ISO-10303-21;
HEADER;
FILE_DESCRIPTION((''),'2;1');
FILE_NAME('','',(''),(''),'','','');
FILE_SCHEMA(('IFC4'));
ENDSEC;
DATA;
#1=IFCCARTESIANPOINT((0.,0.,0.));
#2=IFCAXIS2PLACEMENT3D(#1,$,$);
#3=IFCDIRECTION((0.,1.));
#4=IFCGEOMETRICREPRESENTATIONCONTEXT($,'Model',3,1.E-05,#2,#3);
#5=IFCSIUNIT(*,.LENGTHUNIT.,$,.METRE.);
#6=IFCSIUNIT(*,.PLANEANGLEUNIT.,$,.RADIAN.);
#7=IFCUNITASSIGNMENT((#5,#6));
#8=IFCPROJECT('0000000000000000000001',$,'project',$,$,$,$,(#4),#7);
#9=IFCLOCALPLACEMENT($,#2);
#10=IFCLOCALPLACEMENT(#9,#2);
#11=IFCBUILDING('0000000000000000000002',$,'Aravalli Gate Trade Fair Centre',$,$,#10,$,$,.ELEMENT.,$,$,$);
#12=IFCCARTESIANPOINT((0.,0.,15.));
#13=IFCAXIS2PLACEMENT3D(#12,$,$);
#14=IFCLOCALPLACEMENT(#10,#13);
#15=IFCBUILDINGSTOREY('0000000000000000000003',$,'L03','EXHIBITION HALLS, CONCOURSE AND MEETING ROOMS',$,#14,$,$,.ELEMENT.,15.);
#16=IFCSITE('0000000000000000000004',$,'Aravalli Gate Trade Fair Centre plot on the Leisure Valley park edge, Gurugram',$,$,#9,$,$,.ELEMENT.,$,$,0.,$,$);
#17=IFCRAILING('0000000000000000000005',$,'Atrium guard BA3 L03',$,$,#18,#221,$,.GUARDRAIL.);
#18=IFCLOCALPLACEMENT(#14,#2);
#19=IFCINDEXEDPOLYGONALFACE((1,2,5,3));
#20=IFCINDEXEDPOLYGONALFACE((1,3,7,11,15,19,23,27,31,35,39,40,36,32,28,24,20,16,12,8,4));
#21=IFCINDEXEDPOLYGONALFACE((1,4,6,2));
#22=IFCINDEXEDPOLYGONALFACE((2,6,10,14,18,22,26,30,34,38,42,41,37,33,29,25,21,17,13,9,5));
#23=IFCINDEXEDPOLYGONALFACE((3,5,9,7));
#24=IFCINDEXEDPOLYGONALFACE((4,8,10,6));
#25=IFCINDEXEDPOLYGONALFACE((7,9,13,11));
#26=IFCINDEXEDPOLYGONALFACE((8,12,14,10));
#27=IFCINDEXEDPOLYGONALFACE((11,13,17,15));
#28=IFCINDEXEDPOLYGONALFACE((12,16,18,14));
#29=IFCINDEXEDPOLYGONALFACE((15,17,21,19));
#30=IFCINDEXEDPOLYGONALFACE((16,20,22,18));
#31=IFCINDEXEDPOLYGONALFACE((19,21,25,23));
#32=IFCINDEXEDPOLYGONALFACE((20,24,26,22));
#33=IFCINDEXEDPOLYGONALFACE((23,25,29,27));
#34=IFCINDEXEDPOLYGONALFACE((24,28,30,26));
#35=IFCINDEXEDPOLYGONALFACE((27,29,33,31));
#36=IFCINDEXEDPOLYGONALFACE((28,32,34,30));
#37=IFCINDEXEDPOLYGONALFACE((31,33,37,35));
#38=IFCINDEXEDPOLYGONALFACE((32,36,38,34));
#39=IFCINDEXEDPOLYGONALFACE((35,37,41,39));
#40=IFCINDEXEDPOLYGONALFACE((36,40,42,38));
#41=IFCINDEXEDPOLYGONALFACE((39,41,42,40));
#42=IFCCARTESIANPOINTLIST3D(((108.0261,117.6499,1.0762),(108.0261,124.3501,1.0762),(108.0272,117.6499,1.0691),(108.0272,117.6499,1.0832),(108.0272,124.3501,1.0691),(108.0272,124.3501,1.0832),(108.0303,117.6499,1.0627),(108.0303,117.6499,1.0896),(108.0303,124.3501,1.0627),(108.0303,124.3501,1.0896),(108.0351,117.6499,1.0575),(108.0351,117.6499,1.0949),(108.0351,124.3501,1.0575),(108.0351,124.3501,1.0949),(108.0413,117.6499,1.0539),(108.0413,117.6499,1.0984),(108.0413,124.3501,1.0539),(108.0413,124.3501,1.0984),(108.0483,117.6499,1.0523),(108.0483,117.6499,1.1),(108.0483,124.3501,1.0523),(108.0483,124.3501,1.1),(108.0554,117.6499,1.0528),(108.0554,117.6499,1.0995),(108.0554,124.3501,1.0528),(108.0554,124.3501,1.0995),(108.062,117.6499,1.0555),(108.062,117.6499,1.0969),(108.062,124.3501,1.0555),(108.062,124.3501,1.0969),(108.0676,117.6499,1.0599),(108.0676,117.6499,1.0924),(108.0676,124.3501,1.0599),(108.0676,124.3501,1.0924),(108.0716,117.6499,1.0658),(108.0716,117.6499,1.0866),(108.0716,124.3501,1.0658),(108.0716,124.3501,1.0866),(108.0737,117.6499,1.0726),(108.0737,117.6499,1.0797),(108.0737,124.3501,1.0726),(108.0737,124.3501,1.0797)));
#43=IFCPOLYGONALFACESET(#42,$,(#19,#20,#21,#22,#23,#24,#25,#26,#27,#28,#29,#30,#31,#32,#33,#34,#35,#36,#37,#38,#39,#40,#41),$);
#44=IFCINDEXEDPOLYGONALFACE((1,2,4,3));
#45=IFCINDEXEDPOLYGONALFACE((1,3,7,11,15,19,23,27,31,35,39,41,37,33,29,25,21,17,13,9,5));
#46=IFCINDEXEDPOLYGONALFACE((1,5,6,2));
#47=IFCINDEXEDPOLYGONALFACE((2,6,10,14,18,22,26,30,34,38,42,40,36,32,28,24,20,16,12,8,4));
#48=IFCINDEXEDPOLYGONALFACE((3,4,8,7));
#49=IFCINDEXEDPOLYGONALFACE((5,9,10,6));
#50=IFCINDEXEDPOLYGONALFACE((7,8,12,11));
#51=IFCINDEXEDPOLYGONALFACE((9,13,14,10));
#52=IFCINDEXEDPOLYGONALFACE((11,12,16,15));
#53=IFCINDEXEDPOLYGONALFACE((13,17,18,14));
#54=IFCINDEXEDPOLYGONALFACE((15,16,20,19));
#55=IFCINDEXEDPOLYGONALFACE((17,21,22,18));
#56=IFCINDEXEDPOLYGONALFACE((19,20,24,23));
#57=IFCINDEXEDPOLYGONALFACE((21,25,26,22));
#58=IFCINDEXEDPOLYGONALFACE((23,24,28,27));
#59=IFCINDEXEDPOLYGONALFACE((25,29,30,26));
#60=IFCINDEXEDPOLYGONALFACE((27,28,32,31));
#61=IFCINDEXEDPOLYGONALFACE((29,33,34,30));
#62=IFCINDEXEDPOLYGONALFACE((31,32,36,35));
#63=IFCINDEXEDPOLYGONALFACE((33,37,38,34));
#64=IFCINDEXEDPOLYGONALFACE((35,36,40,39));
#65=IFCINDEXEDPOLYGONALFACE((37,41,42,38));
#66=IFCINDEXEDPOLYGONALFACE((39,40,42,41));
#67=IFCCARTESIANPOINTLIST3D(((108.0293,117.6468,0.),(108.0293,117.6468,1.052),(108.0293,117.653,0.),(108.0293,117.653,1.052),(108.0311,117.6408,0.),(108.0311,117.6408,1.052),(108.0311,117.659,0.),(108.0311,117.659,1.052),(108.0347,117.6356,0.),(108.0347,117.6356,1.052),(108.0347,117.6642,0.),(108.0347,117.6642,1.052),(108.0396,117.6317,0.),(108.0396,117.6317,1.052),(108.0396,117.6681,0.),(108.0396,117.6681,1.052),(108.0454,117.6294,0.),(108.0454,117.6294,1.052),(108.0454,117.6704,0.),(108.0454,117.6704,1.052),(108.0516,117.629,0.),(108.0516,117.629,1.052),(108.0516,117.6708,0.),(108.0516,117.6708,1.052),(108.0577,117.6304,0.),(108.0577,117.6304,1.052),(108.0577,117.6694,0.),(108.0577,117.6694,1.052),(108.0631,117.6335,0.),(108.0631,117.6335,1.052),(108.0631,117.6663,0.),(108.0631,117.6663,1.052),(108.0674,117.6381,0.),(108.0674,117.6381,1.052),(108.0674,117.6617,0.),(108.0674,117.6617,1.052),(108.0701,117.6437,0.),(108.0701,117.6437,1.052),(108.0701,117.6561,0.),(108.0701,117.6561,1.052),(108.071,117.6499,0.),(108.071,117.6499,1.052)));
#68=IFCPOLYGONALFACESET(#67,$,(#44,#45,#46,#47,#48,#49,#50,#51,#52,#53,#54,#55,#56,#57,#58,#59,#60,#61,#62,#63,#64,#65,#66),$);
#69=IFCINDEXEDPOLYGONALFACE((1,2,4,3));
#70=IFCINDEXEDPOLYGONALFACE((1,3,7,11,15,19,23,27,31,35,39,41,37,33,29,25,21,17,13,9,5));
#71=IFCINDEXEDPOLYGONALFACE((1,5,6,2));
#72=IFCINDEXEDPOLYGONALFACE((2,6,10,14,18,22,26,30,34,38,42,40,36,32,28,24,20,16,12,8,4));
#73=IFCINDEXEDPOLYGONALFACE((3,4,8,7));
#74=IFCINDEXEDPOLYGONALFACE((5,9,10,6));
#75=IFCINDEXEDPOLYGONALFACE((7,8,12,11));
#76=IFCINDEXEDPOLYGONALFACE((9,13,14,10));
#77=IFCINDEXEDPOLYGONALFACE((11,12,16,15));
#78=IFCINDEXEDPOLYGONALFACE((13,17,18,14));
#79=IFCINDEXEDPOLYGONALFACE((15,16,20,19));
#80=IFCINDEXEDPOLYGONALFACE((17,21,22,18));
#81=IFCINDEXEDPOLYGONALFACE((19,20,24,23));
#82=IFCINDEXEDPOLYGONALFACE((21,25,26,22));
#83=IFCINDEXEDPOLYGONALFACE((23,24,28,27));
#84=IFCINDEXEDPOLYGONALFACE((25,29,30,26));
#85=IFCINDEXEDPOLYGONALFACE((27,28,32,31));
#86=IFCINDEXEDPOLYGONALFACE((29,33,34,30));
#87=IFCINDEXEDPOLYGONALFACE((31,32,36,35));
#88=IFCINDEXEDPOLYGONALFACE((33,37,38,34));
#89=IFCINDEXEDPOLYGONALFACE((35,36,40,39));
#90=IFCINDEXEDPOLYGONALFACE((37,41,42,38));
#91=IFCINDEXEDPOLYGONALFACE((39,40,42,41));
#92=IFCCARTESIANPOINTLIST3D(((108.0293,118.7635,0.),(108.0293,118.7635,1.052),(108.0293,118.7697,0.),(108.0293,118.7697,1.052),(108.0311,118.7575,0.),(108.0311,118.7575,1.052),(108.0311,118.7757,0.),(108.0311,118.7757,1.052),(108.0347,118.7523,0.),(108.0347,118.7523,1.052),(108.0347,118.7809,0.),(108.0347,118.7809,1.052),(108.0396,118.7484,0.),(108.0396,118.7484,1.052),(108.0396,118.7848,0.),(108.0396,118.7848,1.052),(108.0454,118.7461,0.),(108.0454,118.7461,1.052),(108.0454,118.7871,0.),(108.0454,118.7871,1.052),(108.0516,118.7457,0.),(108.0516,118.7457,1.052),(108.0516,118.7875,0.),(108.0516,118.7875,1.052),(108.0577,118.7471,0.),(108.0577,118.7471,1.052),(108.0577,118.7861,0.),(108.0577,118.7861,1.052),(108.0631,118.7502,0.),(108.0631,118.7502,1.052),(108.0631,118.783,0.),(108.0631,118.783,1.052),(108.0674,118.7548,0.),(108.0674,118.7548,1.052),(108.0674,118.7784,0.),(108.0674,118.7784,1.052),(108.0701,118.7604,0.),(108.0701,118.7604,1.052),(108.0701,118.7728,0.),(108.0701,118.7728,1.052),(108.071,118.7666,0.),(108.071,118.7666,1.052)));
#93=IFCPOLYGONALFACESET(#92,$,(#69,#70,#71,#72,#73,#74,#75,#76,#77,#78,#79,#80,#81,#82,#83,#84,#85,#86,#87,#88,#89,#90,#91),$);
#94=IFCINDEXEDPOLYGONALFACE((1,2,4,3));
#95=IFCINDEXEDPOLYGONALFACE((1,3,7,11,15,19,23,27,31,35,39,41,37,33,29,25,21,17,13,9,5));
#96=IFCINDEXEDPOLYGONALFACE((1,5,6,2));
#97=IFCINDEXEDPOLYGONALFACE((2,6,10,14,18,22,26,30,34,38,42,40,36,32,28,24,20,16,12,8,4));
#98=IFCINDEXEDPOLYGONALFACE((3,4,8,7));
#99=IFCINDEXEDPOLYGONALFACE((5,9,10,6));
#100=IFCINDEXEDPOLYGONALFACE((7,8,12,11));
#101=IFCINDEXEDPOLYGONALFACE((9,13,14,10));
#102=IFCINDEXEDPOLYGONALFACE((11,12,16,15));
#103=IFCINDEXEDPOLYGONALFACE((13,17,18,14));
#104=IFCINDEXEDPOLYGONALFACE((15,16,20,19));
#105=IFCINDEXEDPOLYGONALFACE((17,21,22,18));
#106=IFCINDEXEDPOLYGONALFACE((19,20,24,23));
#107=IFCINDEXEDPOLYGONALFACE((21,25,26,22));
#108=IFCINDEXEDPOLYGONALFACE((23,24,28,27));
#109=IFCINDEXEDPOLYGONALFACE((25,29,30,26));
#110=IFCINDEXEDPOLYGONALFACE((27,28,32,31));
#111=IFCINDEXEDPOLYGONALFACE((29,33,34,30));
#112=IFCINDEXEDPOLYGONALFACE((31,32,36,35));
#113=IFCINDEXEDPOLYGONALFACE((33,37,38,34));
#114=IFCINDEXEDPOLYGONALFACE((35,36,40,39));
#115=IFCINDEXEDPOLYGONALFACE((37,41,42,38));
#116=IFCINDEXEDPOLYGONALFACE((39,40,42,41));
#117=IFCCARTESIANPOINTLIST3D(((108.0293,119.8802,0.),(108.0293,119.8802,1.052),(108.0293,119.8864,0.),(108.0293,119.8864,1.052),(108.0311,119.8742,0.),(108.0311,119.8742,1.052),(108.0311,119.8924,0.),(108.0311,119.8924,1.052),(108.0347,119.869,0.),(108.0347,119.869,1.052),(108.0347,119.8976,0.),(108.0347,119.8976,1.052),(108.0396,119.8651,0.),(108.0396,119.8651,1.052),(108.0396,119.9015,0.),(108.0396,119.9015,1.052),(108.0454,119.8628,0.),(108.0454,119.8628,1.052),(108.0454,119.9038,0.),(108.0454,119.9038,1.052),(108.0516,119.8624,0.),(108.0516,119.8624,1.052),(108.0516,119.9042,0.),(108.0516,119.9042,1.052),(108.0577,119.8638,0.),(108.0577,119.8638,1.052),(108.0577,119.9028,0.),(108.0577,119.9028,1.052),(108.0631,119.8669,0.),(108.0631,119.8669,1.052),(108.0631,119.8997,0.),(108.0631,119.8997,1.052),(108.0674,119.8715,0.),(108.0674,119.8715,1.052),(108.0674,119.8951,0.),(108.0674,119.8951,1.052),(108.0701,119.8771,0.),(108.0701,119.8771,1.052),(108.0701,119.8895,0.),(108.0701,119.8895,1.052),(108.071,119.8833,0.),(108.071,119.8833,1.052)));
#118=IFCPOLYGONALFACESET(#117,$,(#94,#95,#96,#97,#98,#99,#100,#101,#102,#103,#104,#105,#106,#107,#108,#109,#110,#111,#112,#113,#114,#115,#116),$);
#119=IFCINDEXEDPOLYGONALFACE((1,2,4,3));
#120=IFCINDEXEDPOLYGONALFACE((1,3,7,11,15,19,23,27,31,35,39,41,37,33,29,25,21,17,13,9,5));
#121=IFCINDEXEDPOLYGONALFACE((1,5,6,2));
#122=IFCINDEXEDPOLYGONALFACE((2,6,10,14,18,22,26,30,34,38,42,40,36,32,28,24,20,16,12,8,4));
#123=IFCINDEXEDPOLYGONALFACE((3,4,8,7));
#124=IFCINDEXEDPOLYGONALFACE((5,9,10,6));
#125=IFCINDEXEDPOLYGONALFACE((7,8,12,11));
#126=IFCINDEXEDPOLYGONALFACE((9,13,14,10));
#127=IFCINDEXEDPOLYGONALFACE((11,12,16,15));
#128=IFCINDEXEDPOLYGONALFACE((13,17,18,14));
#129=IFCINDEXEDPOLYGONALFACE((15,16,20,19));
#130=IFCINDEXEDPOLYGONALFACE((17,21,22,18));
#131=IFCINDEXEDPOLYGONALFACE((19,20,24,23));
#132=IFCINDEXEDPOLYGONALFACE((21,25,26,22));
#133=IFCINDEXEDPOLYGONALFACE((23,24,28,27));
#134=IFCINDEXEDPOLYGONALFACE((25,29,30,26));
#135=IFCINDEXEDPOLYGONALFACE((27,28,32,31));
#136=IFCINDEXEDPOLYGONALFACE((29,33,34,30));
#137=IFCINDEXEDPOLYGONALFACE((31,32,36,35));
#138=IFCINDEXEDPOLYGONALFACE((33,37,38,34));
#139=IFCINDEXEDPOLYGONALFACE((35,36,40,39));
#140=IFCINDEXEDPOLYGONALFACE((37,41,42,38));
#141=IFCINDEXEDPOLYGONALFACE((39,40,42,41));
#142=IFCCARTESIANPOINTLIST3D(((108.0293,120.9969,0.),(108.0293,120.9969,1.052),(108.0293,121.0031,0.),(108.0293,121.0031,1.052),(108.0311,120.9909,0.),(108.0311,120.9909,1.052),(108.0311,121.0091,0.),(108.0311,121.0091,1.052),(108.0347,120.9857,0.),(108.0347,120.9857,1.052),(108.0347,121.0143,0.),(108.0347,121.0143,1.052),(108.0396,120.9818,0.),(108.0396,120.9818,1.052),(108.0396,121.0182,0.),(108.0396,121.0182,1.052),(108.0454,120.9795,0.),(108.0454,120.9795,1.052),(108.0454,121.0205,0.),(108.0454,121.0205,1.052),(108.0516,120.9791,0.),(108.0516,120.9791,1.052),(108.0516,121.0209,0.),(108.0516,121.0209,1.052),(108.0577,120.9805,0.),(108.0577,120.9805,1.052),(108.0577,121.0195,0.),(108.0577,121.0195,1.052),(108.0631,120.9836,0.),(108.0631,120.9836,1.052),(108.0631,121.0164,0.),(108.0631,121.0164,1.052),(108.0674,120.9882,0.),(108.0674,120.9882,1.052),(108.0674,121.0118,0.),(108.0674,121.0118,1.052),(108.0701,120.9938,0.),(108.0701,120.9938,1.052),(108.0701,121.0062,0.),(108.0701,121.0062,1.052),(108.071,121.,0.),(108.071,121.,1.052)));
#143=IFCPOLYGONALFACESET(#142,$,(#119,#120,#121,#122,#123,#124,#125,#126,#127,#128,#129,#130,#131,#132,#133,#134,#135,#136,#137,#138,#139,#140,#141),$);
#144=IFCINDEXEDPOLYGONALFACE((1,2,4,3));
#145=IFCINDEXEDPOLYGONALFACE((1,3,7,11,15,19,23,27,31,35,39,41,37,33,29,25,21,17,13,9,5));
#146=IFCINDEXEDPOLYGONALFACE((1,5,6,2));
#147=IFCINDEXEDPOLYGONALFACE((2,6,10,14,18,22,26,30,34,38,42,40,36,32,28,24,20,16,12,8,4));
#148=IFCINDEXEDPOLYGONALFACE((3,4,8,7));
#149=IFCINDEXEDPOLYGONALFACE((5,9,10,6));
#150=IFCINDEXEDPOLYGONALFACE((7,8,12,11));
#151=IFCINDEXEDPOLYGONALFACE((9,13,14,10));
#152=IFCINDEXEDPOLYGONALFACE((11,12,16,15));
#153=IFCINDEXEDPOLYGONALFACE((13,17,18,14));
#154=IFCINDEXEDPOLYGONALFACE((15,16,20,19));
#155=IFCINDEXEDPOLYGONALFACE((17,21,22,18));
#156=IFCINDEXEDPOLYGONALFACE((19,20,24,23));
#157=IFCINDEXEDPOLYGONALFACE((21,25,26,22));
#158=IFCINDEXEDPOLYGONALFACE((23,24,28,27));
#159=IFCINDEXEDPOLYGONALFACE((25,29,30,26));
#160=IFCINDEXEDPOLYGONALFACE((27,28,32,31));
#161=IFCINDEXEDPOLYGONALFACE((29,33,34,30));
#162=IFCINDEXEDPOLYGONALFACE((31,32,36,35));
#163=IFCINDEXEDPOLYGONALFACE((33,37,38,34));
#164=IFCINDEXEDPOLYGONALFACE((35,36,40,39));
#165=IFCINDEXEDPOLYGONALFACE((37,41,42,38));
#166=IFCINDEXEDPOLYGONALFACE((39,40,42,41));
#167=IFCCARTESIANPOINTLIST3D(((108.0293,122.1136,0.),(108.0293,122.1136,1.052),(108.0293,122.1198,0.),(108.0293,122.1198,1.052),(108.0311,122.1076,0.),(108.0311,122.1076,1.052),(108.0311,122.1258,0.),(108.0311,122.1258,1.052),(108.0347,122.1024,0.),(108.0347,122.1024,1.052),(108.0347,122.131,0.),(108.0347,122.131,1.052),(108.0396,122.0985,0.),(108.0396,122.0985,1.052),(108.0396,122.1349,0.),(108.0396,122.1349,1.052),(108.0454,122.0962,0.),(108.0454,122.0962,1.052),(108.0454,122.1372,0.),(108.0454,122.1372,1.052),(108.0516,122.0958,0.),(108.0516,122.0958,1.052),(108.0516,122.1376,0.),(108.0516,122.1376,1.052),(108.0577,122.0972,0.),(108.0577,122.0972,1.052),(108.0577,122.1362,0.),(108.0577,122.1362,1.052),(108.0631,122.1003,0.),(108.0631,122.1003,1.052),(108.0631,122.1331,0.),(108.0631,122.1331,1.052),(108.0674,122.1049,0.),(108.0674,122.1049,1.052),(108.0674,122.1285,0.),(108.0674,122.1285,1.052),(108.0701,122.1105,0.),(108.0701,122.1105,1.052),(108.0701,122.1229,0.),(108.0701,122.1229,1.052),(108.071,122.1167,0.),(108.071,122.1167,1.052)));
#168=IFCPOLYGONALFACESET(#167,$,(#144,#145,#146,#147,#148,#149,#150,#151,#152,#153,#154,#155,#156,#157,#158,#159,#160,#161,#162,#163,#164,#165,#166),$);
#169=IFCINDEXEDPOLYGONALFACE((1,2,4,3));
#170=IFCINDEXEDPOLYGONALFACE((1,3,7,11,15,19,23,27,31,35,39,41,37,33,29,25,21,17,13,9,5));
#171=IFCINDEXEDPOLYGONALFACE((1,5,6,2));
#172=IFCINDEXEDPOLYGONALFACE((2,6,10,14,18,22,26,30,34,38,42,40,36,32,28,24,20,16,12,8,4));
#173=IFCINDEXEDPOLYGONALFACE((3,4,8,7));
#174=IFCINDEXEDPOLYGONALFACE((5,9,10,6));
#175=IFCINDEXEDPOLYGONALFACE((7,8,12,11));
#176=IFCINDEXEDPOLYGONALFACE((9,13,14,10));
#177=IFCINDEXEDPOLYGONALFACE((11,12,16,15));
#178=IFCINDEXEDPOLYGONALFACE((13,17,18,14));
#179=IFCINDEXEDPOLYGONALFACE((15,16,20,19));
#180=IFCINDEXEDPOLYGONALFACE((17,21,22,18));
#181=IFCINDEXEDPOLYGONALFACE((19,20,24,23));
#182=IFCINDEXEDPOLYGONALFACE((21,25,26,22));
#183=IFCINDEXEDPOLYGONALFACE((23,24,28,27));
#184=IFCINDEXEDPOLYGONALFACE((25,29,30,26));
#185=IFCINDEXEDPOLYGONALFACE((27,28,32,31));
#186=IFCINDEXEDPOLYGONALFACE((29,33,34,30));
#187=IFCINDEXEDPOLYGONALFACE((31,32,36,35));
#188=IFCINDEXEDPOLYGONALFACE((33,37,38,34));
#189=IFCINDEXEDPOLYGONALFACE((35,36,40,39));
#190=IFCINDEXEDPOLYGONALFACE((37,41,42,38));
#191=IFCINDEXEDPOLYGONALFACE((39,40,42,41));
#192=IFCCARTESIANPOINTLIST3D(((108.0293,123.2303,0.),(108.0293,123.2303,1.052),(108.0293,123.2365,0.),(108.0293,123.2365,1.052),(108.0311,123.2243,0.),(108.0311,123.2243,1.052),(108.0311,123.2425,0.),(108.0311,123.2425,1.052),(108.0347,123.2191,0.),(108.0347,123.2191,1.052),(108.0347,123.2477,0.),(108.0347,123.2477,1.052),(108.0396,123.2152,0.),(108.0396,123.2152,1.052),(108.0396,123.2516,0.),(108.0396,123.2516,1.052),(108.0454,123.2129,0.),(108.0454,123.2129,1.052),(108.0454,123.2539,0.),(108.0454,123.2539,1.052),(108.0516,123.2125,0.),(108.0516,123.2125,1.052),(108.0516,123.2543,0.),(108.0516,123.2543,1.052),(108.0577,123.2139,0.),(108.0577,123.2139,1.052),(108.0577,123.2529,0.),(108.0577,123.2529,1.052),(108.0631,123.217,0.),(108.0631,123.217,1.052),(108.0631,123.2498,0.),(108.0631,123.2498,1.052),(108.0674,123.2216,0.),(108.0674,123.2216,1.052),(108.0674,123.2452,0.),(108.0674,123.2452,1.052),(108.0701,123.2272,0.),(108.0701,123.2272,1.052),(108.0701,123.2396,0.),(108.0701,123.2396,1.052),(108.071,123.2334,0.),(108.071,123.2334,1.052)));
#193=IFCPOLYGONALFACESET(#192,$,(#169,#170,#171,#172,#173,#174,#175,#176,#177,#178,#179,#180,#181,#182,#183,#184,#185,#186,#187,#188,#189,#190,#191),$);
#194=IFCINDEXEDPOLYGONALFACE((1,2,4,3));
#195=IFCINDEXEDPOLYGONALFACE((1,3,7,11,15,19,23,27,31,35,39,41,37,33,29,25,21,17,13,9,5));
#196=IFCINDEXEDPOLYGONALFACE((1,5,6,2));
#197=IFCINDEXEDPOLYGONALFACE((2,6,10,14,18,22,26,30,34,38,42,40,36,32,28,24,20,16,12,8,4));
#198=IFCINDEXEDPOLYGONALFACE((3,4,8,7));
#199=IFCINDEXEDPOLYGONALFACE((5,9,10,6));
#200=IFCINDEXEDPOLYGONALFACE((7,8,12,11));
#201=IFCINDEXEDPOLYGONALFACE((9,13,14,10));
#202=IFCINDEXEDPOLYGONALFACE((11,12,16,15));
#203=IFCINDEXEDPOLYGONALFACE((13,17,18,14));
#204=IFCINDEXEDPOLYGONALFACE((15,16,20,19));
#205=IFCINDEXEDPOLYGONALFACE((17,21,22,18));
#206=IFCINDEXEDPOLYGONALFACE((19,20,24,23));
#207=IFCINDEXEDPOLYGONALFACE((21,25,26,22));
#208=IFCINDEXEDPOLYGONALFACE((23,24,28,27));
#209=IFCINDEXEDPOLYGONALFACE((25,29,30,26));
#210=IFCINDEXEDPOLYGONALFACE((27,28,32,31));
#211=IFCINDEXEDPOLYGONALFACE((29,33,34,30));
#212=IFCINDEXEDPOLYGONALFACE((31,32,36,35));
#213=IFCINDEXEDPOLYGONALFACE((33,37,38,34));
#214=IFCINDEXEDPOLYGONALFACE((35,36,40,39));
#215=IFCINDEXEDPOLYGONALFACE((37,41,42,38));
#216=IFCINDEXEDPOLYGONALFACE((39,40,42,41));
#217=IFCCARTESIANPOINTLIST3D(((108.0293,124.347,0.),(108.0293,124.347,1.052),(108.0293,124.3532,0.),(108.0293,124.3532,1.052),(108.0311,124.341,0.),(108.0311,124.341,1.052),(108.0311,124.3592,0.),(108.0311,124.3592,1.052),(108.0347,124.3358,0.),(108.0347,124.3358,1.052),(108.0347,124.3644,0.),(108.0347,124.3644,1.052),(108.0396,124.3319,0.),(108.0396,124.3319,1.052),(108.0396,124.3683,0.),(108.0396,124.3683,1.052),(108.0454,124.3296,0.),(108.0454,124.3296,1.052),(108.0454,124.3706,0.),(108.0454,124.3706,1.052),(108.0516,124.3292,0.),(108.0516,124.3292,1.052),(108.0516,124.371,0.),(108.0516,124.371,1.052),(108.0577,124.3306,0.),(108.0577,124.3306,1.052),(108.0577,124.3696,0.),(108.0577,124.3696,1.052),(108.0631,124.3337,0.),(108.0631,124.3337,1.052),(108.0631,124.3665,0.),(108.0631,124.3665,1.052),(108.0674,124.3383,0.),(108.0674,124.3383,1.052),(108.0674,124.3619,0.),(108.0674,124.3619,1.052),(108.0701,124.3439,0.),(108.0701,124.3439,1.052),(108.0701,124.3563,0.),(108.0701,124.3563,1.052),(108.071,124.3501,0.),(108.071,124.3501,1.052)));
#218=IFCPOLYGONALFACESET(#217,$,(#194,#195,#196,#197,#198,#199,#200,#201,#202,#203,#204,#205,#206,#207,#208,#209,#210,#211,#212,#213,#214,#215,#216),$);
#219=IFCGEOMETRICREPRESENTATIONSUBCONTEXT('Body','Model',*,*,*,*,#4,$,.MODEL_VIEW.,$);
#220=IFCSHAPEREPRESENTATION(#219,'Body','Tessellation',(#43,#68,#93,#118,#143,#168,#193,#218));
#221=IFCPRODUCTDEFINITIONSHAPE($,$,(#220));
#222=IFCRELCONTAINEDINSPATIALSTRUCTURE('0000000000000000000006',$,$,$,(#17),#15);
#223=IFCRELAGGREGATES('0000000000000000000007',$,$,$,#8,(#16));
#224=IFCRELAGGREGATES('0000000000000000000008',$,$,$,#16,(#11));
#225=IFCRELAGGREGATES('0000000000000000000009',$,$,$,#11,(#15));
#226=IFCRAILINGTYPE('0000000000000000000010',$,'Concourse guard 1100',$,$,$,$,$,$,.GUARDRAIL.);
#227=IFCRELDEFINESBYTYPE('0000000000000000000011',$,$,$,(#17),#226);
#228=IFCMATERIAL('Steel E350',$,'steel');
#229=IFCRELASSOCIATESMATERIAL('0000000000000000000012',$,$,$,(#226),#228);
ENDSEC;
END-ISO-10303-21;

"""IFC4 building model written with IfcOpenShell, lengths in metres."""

from ifc_helpers import new_model, si_unit, direction, frame, origin, origin_2d, place, context, subcontext, project, spatial, circle, extrude, material, type_object, element, save


model = new_model("IFC4")

# Units and contexts
model_context = context("Model", 3, precision=1e-05, world=origin(), true_north=direction((0.0, 1.0)))
body_context = subcontext(model_context, "Body", "Model", "MODEL_VIEW")
ifc_project = project(units=[si_unit("LENGTHUNIT", "METRE"), si_unit("PLANEANGLEUNIT", "RADIAN")], contexts=[model_context])

# Site, building, storey
site_placement = place(None, origin())
site = spatial("IfcSite", under=ifc_project, at=site_placement, Name="Aravalli Gate Trade Fair Centre plot on the Leisure Valley park edge, Gurugram", CompositionType="ELEMENT", RefElevation=0.0)
building_placement = place(site_placement, origin())
building = spatial("IfcBuilding", under=site, at=building_placement, Name="Aravalli Gate Trade Fair Centre", CompositionType="ELEMENT")
storey_placement = place(building_placement, frame((0.0, 0.0, 15.0)))
storey = spatial("IfcBuildingStorey", under=building, at=storey_placement, Name="L03", Description="EXHIBITION HALLS, CONCOURSE AND MEETING ROOMS", CompositionType="ELEMENT", Elevation=15.0)

# Railing
ifc_material_1 = material(Name="Steel E350", Category="steel")
railing_type = type_object("IfcRailingType", Name="Concourse guard 1100", PredefinedType="GUARDRAIL", material=ifc_material_1)
railing_1_placement = place(storey_placement, frame((108.05, 117.6499, 0.0)))
element("IfcRailing", 1, at=railing_1_placement, inside=storey, type_object=railing_type, Name="Atrium guard BA3 L03", PredefinedType="GUARDRAIL", context=body_context, shape_type="SweptSolid", body=[
    extrude(circle(Radius=0.0239, at=origin_2d()), frame((0.0, 0.0, 1.0762), z_axis=(0.0, 1.0, 0.0), x_axis=(-1.0, 0.0, 0.0)), (0.0, 0.0, 1.0), 6.7002),
    extrude(circle(Radius=0.021, at=origin_2d()), origin(), (0.0, 0.0, 1.0), 1.052),
    extrude(circle(Radius=0.021, at=origin_2d()), frame((0.0, 1.1167, 0.0)), (0.0, 0.0, 1.0), 1.052),
    extrude(circle(Radius=0.021, at=origin_2d()), frame((0.0, 2.2334, 0.0)), (0.0, 0.0, 1.0), 1.052),
    extrude(circle(Radius=0.021, at=origin_2d()), frame((0.0, 3.3501, 0.0)), (0.0, 0.0, 1.0), 1.052),
    extrude(circle(Radius=0.021, at=origin_2d()), frame((0.0, 4.4668, 0.0)), (0.0, 0.0, 1.0), 1.052),
    extrude(circle(Radius=0.021, at=origin_2d()), frame((0.0, 5.5835, 0.0)), (0.0, 0.0, 1.0), 1.052),
    extrude(circle(Radius=0.021, at=origin_2d()), frame((0.0, 6.7002, 0.0)), (0.0, 0.0, 1.0), 1.052),
])

save(model, "model.ifc")
